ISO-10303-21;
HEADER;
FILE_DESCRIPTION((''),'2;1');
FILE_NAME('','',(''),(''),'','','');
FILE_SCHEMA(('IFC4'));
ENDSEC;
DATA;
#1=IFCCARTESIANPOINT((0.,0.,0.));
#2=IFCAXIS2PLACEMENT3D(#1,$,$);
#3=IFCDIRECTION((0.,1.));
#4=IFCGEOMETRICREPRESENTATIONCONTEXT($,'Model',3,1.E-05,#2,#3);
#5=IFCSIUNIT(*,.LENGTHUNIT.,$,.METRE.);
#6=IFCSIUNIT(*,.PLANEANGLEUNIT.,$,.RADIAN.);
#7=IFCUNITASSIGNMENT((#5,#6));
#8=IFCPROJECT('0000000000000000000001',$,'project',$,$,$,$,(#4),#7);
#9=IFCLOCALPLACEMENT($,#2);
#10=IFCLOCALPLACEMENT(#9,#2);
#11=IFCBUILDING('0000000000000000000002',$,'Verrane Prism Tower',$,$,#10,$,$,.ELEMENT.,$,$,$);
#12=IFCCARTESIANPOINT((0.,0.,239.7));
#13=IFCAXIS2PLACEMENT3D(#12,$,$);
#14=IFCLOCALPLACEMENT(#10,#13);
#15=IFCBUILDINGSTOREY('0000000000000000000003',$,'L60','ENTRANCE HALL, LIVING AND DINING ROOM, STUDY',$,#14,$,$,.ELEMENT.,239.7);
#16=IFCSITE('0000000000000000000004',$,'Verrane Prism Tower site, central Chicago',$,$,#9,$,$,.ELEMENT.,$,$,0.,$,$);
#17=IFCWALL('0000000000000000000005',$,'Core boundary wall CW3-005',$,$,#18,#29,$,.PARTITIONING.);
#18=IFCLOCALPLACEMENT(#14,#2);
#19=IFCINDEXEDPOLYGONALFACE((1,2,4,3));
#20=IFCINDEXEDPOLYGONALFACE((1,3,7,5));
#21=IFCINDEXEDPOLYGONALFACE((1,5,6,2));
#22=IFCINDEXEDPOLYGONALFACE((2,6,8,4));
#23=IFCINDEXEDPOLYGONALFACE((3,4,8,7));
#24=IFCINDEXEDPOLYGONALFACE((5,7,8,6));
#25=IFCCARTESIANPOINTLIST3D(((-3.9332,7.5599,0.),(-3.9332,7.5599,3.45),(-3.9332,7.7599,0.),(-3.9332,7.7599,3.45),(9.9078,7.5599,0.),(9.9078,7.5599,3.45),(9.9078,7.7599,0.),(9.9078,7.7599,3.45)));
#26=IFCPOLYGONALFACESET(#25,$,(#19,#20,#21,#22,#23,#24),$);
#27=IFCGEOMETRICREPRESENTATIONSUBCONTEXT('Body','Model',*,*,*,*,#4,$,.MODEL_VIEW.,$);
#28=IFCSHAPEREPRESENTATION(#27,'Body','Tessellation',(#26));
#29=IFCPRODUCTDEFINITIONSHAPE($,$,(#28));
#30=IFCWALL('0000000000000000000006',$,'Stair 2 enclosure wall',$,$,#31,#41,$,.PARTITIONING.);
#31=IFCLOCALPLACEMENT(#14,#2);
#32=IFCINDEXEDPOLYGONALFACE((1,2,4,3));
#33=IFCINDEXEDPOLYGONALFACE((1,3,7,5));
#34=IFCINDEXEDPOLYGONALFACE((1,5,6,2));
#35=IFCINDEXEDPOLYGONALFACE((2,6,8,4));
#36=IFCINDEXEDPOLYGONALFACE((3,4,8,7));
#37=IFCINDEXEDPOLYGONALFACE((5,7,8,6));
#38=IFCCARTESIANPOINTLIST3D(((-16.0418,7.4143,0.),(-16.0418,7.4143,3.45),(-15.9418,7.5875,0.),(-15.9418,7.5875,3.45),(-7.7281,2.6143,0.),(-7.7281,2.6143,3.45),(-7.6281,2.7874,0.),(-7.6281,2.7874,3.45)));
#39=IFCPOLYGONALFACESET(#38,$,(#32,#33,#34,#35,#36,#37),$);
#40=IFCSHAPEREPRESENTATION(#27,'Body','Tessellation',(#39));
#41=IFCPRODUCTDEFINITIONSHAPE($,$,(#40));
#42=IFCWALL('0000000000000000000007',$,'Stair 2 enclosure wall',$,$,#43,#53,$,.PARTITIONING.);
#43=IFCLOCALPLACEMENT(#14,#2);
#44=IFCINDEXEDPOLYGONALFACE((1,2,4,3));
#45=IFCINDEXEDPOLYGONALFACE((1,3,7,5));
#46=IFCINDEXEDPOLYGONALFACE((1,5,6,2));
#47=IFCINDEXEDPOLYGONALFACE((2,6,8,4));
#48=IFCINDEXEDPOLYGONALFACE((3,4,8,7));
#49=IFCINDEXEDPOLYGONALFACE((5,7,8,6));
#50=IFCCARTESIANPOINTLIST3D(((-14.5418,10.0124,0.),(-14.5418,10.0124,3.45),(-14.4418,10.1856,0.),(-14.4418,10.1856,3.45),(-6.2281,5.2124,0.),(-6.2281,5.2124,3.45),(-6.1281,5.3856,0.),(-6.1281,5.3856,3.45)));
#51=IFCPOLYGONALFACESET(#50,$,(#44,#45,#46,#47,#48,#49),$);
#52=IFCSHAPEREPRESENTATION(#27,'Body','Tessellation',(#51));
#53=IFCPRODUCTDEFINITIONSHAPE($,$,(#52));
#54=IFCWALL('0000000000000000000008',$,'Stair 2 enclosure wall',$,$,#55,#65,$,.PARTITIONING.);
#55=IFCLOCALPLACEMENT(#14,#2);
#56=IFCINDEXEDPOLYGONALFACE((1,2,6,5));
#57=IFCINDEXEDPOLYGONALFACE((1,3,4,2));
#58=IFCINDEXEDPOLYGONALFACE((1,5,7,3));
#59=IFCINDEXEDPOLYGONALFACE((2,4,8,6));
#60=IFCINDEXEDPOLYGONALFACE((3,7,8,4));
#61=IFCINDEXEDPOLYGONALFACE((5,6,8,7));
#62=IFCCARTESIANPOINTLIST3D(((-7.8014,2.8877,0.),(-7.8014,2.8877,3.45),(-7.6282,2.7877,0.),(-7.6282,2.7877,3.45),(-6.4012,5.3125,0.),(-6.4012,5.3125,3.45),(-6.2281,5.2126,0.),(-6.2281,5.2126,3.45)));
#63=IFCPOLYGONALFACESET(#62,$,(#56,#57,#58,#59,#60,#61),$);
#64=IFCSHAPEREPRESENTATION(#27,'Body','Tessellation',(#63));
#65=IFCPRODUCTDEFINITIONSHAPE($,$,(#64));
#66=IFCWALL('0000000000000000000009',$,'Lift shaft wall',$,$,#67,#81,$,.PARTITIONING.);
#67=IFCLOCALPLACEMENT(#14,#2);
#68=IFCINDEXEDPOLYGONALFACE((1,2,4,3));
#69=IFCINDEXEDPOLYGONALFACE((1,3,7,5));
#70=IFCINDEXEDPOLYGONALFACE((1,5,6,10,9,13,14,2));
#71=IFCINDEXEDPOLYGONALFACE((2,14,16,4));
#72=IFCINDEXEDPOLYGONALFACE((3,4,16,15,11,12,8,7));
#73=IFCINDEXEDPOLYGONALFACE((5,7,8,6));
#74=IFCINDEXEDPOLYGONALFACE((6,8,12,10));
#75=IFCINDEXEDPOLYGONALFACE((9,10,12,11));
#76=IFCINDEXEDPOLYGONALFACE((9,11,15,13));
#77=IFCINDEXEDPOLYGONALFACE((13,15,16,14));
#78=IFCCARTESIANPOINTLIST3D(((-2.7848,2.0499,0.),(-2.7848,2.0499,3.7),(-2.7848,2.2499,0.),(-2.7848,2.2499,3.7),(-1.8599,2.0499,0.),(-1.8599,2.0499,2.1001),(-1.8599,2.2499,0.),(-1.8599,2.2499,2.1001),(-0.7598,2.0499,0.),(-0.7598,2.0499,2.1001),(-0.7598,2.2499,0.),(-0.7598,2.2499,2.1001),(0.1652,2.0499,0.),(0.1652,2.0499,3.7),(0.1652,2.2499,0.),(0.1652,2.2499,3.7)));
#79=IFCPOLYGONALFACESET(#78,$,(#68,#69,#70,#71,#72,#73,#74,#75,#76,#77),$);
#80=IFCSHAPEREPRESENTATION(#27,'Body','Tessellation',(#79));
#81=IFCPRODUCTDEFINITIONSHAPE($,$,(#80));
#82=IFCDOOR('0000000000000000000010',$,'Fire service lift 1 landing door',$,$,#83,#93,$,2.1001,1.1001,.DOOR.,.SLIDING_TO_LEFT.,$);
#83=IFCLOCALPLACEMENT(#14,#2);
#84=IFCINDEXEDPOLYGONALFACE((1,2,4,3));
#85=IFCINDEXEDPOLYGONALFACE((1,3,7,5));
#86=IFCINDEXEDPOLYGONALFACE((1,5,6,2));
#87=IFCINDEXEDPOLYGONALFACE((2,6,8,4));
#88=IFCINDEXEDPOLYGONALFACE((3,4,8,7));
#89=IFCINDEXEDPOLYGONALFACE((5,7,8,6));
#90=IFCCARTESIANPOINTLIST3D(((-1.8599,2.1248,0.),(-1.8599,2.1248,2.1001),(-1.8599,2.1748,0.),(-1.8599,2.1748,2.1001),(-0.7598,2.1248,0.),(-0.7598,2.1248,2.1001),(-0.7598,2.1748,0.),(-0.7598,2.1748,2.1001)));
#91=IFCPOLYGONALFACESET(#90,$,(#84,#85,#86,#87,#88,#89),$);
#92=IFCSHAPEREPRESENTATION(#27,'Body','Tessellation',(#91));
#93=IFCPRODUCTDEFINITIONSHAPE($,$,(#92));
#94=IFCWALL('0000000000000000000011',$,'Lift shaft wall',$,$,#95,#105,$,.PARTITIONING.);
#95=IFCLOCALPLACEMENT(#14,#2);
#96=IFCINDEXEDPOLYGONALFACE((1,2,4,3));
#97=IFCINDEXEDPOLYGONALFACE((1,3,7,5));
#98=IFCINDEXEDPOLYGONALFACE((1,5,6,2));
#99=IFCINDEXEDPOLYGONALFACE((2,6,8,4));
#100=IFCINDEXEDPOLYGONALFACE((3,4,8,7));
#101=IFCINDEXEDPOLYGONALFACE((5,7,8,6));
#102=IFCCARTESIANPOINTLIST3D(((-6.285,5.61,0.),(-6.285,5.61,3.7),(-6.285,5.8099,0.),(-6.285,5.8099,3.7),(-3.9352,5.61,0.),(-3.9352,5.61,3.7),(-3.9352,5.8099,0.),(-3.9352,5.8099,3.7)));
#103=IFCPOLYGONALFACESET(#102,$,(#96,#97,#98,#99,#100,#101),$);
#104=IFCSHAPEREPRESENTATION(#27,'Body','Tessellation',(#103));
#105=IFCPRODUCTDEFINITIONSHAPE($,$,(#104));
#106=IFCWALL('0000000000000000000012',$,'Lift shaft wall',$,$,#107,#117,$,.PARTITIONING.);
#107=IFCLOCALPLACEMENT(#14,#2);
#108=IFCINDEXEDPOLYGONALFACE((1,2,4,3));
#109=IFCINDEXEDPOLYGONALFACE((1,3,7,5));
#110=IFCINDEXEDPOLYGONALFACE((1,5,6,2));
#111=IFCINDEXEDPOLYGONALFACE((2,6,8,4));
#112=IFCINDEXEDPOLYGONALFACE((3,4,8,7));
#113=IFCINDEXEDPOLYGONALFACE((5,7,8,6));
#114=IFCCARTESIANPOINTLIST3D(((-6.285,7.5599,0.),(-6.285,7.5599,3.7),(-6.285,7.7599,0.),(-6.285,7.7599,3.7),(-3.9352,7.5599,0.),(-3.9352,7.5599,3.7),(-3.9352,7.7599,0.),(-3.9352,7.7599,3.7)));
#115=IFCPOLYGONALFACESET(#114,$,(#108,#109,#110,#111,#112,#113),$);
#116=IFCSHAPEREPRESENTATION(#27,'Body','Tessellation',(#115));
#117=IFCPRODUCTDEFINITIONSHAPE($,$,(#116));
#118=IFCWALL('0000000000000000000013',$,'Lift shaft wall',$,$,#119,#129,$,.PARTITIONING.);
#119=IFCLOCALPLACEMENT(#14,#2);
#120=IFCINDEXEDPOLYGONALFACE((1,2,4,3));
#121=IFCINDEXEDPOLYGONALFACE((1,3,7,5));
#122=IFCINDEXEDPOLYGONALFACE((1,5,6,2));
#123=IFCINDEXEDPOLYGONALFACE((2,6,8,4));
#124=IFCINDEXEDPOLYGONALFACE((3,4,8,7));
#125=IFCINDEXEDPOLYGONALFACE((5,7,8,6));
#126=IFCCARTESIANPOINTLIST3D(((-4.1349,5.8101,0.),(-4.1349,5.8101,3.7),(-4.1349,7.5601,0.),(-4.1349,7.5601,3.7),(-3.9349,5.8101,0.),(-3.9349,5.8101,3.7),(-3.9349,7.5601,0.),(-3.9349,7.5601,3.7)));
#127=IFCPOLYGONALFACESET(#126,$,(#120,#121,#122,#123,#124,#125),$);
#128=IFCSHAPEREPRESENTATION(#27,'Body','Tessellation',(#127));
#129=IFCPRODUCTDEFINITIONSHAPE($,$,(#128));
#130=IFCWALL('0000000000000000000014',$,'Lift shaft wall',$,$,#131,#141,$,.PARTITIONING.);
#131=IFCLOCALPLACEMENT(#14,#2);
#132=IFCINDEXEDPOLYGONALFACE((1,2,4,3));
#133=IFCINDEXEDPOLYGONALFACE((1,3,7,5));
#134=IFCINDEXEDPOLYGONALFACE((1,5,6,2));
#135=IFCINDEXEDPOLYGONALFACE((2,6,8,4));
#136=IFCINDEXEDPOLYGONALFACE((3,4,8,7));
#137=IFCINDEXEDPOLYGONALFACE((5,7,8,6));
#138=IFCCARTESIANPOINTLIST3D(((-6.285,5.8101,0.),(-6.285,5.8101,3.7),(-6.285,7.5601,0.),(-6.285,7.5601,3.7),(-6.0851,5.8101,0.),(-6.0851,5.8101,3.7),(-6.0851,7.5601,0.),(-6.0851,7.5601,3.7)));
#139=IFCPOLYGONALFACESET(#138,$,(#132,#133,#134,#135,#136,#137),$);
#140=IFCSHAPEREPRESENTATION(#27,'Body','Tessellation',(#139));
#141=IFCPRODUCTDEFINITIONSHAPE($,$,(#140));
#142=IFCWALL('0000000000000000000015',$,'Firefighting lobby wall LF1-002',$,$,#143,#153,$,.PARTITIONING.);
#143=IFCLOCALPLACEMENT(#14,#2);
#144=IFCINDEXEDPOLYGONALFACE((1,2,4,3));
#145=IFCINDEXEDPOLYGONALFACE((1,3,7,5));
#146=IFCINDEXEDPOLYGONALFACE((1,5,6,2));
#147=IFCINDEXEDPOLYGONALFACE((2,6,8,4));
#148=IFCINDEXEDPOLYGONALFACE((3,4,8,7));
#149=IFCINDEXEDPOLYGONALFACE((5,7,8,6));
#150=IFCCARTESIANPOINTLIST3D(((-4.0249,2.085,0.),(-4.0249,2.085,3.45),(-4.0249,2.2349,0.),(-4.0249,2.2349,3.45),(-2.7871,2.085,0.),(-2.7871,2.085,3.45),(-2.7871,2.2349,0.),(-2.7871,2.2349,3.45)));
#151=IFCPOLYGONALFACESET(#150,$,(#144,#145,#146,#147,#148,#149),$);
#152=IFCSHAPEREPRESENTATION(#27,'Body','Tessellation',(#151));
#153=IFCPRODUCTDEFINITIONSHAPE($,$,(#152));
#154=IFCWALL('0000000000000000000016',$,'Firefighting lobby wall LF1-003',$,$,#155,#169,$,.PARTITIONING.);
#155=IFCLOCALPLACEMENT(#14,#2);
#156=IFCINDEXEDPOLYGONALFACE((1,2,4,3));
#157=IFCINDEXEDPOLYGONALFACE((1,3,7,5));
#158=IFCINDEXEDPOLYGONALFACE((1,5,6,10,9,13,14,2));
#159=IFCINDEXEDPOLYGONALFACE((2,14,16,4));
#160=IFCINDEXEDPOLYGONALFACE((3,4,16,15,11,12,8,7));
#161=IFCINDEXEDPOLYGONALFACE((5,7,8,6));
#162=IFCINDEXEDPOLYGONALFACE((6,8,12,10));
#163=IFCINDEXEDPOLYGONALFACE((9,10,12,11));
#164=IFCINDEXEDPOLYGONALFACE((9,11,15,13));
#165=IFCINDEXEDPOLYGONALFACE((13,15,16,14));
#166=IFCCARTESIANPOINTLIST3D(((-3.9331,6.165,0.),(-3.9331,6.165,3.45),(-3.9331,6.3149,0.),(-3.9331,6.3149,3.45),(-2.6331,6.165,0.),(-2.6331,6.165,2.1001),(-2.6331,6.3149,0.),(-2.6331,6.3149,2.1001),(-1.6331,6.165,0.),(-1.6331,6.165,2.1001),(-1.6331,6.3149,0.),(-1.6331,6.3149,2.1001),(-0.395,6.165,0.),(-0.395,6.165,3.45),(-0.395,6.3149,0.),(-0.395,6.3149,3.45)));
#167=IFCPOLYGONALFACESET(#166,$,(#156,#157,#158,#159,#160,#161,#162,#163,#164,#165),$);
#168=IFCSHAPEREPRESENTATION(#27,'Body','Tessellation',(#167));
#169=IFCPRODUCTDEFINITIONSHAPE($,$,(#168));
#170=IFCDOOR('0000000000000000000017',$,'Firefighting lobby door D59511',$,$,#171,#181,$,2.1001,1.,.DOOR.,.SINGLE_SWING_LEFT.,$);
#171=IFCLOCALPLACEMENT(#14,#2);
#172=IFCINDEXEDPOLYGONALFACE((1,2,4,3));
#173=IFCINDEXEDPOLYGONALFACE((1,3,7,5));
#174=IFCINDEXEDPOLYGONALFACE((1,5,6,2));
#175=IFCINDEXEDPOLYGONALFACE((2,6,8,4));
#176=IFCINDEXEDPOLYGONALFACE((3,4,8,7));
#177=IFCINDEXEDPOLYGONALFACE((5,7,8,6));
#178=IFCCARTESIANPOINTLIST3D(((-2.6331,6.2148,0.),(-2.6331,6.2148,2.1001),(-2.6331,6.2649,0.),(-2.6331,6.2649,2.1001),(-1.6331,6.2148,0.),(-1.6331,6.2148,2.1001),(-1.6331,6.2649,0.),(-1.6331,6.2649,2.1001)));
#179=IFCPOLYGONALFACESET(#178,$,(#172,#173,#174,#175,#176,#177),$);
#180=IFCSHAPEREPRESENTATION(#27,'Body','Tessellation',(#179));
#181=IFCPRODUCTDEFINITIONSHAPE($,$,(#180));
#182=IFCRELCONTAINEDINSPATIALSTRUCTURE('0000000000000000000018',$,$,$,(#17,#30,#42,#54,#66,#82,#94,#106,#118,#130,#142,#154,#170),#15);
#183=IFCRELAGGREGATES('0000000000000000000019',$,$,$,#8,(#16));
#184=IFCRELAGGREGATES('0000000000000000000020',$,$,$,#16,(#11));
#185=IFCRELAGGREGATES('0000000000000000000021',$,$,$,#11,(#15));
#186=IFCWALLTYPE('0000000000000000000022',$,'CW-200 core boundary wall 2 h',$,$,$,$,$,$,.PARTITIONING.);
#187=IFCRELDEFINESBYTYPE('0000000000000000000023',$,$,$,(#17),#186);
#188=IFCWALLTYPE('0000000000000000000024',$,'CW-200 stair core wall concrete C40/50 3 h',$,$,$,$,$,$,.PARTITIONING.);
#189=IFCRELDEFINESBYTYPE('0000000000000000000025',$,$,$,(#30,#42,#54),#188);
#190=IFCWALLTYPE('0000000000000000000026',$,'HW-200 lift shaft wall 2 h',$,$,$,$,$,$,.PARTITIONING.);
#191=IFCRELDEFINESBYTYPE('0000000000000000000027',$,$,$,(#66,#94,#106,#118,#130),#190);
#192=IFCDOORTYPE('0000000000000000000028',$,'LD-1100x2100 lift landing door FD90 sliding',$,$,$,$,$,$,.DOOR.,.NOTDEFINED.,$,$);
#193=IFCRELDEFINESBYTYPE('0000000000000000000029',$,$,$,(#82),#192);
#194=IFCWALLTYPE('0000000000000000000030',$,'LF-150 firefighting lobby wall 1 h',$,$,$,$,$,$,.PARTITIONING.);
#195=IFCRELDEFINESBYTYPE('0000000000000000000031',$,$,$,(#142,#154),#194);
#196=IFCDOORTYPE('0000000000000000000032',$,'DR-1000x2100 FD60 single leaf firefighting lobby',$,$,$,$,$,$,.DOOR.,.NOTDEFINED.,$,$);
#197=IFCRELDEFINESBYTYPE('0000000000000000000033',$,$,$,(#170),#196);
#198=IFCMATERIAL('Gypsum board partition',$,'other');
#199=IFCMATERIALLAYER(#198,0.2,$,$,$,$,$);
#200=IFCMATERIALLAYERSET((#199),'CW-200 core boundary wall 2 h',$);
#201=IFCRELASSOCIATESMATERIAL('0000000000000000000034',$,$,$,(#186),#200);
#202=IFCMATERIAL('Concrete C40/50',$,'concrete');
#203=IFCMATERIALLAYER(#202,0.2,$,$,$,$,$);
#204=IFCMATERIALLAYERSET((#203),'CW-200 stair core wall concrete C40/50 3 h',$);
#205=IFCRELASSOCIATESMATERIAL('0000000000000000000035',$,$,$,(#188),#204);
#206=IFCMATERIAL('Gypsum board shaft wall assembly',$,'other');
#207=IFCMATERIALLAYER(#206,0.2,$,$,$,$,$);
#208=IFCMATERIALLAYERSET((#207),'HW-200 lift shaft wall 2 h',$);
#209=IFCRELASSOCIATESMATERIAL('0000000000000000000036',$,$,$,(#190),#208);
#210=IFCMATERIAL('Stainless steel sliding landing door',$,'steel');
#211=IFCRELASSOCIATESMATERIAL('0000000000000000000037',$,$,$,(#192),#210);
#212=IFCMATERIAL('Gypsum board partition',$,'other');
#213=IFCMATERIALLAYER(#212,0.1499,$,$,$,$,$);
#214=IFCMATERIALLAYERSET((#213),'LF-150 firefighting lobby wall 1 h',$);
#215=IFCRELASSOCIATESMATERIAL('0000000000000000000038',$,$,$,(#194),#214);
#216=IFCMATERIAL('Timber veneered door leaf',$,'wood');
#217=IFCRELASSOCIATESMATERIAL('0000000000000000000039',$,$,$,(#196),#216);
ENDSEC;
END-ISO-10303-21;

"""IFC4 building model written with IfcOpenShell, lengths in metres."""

from ifc_helpers import new_model, si_unit, direction, frame, frame_2d, origin, place, context, subcontext, project, spatial, rectangle, extrude, material, layer, layer_set, type_object, element, fill, save


model = new_model("IFC4")

# Units and contexts
model_context = context("Model", 3, precision=1e-05, world=origin(), true_north=direction((0.0, 1.0)))
body_context = subcontext(model_context, "Body", "Model", "MODEL_VIEW")
ifc_project = project(units=[si_unit("LENGTHUNIT", "METRE"), si_unit("PLANEANGLEUNIT", "RADIAN")], contexts=[model_context])

# Site, building, storey
site_placement = place(None, origin())
site = spatial("IfcSite", under=ifc_project, at=site_placement, Name="Verrane Prism Tower site, central Chicago", CompositionType="ELEMENT", RefElevation=0.0)
building_placement = place(site_placement, origin())
building = spatial("IfcBuilding", under=site, at=building_placement, Name="Verrane Prism Tower", CompositionType="ELEMENT")
storey_placement = place(building_placement, frame((0.0, 0.0, 239.7)))
storey = spatial("IfcBuildingStorey", under=building, at=storey_placement, Name="L60", Description="ENTRANCE HALL, LIVING AND DINING ROOM, STUDY", CompositionType="ELEMENT", Elevation=239.7)

# Shared definitions
ifc_material_1 = material(Name="Gypsum board partition", Category="other")
ifc_layer_1 = layer(ifc_material_1, 0.2)
ifc_layer_set_1 = layer_set([ifc_layer_1], Name="CW-200 core boundary wall 2 h")
wall_type_1 = type_object("IfcWallType", Name="CW-200 core boundary wall 2 h", PredefinedType="PARTITIONING", material=ifc_layer_set_1)

# Walls
wall_1_placement = place(storey_placement, frame((-3.9331, 7.6599, 0.0), z_axis=(0.0, 0.0, 1.0), x_axis=(1.0, 0.0, 0.0)))
element("IfcWall", 1, at=wall_1_placement, inside=storey, type_object=wall_type_1, Name="Core boundary wall CW3-005", PredefinedType="PARTITIONING", context=body_context, shape_type="SweptSolid", body=[
    extrude(rectangle(XDim=13.8411, YDim=0.2, at=frame_2d((6.9204, 0.0))), origin(), (0.0, 0.0, 1.0), 3.45),
])
ifc_material_2 = material(Name="Concrete C40/50", Category="concrete")
ifc_layer_2 = layer(ifc_material_2, 0.2)
ifc_layer_set_2 = layer_set([ifc_layer_2], Name="CW-200 stair core wall concrete C40/50 3 h")
wall_type_2 = type_object("IfcWallType", Name="CW-200 stair core wall concrete C40/50 3 h", PredefinedType="PARTITIONING", material=ifc_layer_set_2)
for number, where, z_axis, x_axis, name in (
    (2, (-7.6782, 2.7009, 0.0), (0.0, 0.0, 1.0), (-0.86602, 0.500009, 0.0), "Stair 2 enclosure wall"),
    (3, (-6.1782, 5.2991, 0.0), (0.0, 0.0, 1.0), (-0.86602, 0.500009, 0.0), "Stair 2 enclosure wall"),
):
    element("IfcWall", number, at=place(storey_placement, frame(where, z_axis=z_axis, x_axis=x_axis)), inside=storey, type_object=wall_type_2, Name=name, PredefinedType="PARTITIONING", context=body_context, shape_type="SweptSolid", body=[
        extrude(rectangle(XDim=9.5999, YDim=0.2, at=frame_2d((4.7998, 0.0))), origin(), (0.0, 0.0, 1.0), 3.45),
    ])
wall_2_placement = place(storey_placement, frame((-6.3147, 5.2625, 0.0), z_axis=(0.0, 0.0, 1.0), x_axis=(-0.50005, -0.865997, 0.0)))
element("IfcWall", 4, at=wall_2_placement, inside=storey, type_object=wall_type_2, Name="Stair 2 enclosure wall", PredefinedType="PARTITIONING", context=body_context, shape_type="SweptSolid", body=[
    extrude(rectangle(XDim=2.8, YDim=0.2, at=frame_2d((1.3999, 0.0))), origin(), (0.0, 0.0, 1.0), 3.45),
])

# Wall, opening, door
ifc_material_3 = material(Name="Gypsum board shaft wall assembly", Category="other")
ifc_layer_3 = layer(ifc_material_3, 0.2)
ifc_layer_set_3 = layer_set([ifc_layer_3], Name="HW-200 lift shaft wall 2 h")
wall_type_3 = type_object("IfcWallType", Name="HW-200 lift shaft wall 2 h", PredefinedType="PARTITIONING", material=ifc_layer_set_3)
wall_3_placement = place(storey_placement, frame((-2.7849, 2.1499, 0.0), z_axis=(0.0, 0.0, 1.0), x_axis=(1.0, 0.0, 0.0)))
wall_3 = element("IfcWall", 5, at=wall_3_placement, inside=storey, type_object=wall_type_3, Name="Lift shaft wall", PredefinedType="PARTITIONING", context=body_context, shape_type="SweptSolid", body=[
    extrude(rectangle(XDim=2.95, YDim=0.2, at=frame_2d((1.4751, 0.0))), origin(), (0.0, 0.0, 1.0), 3.7),
])
opening_1_placement = place(wall_3_placement, frame((0.925, 0.0, 0.0)))
opening_1 = element("IfcOpeningElement", 6, at=opening_1_placement, cuts=wall_3, PredefinedType="OPENING", context=body_context, shape_type="SweptSolid", body=[
    extrude(rectangle(XDim=1.1001, YDim=2.1001, at=frame_2d((0.55, 1.05))), frame((0.0, 0.1099, 0.0), z_axis=(0.0, -1.0, 0.0), x_axis=(1.0, 0.0, 0.0)), (0.0, 0.0, 1.0), 0.22),
])
ifc_material_4 = material(Name="Stainless steel sliding landing door", Category="steel")
door_type_1 = type_object("IfcDoorType", Name="LD-1100x2100 lift landing door FD90 sliding", OperationType="NOTDEFINED", PredefinedType="DOOR", material=ifc_material_4)
door_1_placement = place(opening_1_placement, origin())
door_1 = element("IfcDoor", 7, at=door_1_placement, inside=storey, type_object=door_type_1, Name="Fire service lift 1 landing door", OperationType="SLIDING_TO_LEFT", OverallHeight=2.1001, OverallWidth=1.1001, PredefinedType="DOOR", context=body_context, shape_type="SweptSolid", body=[
    extrude(rectangle(XDim=1.1001, YDim=2.1001, at=frame_2d((0.55, 1.05))), frame((0.0, 0.0249, 0.0), z_axis=(0.0, -1.0, 0.0), x_axis=(1.0, 0.0, 0.0)), (0.0, 0.0, 1.0), 0.05),
])
fill(opening_1, door_1)

# Walls
for number, where, z_axis, x_axis, name in (
    (8, (-6.2849, 5.71, 0.0), (0.0, 0.0, 1.0), (1.0, 0.0, 0.0), "Lift shaft wall"),
    (9, (-6.2849, 7.6599, 0.0), (0.0, 0.0, 1.0), (1.0, 0.0, 0.0), "Lift shaft wall"),
):
    element("IfcWall", number, at=place(storey_placement, frame(where, z_axis=z_axis, x_axis=x_axis)), inside=storey, type_object=wall_type_3, Name=name, PredefinedType="PARTITIONING", context=body_context, shape_type="SweptSolid", body=[
        extrude(rectangle(XDim=2.3499, YDim=0.2, at=frame_2d((1.1748, 0.0))), origin(), (0.0, 0.0, 1.0), 3.7),
    ])
for number, where, z_axis, x_axis, name in (
    (10, (-4.0349, 5.8101, 0.0), (0.0, 0.0, 1.0), (0.0, 1.0, 0.0), "Lift shaft wall"),
    (11, (-6.1851, 5.8101, 0.0), (0.0, 0.0, 1.0), (0.0, 1.0, 0.0), "Lift shaft wall"),
):
    element("IfcWall", number, at=place(storey_placement, frame(where, z_axis=z_axis, x_axis=x_axis)), inside=storey, type_object=wall_type_3, Name=name, PredefinedType="PARTITIONING", context=body_context, shape_type="SweptSolid", body=[
        extrude(rectangle(XDim=1.75, YDim=0.2, at=frame_2d((0.875, 0.0))), origin(), (0.0, 0.0, 1.0), 3.7),
    ])
ifc_material_5 = material(Name="Gypsum board partition", Category="other")
ifc_layer_4 = layer(ifc_material_5, 0.1499)
ifc_layer_set_4 = layer_set([ifc_layer_4], Name="LF-150 firefighting lobby wall 1 h")
wall_type_4 = type_object("IfcWallType", Name="LF-150 firefighting lobby wall 1 h", PredefinedType="PARTITIONING", material=ifc_layer_set_4)
wall_4_placement = place(storey_placement, frame((-4.0249, 2.1599, 0.0), z_axis=(0.0, 0.0, 1.0), x_axis=(1.0, 0.0, 0.0)))
element("IfcWall", 12, at=wall_4_placement, inside=storey, type_object=wall_type_4, Name="Firefighting lobby wall LF1-002", PredefinedType="PARTITIONING", context=body_context, shape_type="SweptSolid", body=[
    extrude(rectangle(XDim=1.2378, YDim=0.1499, at=frame_2d((0.6189, 0.0))), origin(), (0.0, 0.0, 1.0), 3.45),
])

# Wall, opening, door
wall_5_placement = place(storey_placement, frame((-3.9331, 6.24, 0.0), z_axis=(0.0, 0.0, 1.0), x_axis=(1.0, 0.0, 0.0)))
wall_5 = element("IfcWall", 13, at=wall_5_placement, inside=storey, type_object=wall_type_4, Name="Firefighting lobby wall LF1-003", PredefinedType="PARTITIONING", context=body_context, shape_type="SweptSolid", body=[
    extrude(rectangle(XDim=3.5381, YDim=0.1499, at=frame_2d((1.769, 0.0))), origin(), (0.0, 0.0, 1.0), 3.45),
])
opening_2_placement = place(wall_5_placement, frame((1.3, 0.0, 0.0)))
opening_2 = element("IfcOpeningElement", 14, at=opening_2_placement, cuts=wall_5, PredefinedType="OPENING", context=body_context, shape_type="SweptSolid", body=[
    extrude(rectangle(XDim=1.0, YDim=2.1001, at=frame_2d((0.5, 1.05))), frame((0.0, 0.085, 0.0), z_axis=(0.0, -1.0, 0.0), x_axis=(1.0, 0.0, 0.0)), (0.0, 0.0, 1.0), 0.1699),
])
ifc_material_6 = material(Name="Timber veneered door leaf", Category="wood")
door_type_2 = type_object("IfcDoorType", Name="DR-1000x2100 FD60 single leaf firefighting lobby", OperationType="NOTDEFINED", PredefinedType="DOOR", material=ifc_material_6)
door_2_placement = place(opening_2_placement, origin())
door_2 = element("IfcDoor", 15, at=door_2_placement, inside=storey, type_object=door_type_2, Name="Firefighting lobby door D59511", OperationType="SINGLE_SWING_LEFT", OverallHeight=2.1001, OverallWidth=1.0, PredefinedType="DOOR", context=body_context, shape_type="SweptSolid", body=[
    extrude(rectangle(XDim=1.0, YDim=2.1001, at=frame_2d((0.5, 1.05))), frame((0.0, 0.0249, 0.0), z_axis=(0.0, -1.0, 0.0), x_axis=(1.0, 0.0, 0.0)), (0.0, 0.0, 1.0), 0.05),
])
fill(opening_2, door_2)

save(model, "model.ifc")
